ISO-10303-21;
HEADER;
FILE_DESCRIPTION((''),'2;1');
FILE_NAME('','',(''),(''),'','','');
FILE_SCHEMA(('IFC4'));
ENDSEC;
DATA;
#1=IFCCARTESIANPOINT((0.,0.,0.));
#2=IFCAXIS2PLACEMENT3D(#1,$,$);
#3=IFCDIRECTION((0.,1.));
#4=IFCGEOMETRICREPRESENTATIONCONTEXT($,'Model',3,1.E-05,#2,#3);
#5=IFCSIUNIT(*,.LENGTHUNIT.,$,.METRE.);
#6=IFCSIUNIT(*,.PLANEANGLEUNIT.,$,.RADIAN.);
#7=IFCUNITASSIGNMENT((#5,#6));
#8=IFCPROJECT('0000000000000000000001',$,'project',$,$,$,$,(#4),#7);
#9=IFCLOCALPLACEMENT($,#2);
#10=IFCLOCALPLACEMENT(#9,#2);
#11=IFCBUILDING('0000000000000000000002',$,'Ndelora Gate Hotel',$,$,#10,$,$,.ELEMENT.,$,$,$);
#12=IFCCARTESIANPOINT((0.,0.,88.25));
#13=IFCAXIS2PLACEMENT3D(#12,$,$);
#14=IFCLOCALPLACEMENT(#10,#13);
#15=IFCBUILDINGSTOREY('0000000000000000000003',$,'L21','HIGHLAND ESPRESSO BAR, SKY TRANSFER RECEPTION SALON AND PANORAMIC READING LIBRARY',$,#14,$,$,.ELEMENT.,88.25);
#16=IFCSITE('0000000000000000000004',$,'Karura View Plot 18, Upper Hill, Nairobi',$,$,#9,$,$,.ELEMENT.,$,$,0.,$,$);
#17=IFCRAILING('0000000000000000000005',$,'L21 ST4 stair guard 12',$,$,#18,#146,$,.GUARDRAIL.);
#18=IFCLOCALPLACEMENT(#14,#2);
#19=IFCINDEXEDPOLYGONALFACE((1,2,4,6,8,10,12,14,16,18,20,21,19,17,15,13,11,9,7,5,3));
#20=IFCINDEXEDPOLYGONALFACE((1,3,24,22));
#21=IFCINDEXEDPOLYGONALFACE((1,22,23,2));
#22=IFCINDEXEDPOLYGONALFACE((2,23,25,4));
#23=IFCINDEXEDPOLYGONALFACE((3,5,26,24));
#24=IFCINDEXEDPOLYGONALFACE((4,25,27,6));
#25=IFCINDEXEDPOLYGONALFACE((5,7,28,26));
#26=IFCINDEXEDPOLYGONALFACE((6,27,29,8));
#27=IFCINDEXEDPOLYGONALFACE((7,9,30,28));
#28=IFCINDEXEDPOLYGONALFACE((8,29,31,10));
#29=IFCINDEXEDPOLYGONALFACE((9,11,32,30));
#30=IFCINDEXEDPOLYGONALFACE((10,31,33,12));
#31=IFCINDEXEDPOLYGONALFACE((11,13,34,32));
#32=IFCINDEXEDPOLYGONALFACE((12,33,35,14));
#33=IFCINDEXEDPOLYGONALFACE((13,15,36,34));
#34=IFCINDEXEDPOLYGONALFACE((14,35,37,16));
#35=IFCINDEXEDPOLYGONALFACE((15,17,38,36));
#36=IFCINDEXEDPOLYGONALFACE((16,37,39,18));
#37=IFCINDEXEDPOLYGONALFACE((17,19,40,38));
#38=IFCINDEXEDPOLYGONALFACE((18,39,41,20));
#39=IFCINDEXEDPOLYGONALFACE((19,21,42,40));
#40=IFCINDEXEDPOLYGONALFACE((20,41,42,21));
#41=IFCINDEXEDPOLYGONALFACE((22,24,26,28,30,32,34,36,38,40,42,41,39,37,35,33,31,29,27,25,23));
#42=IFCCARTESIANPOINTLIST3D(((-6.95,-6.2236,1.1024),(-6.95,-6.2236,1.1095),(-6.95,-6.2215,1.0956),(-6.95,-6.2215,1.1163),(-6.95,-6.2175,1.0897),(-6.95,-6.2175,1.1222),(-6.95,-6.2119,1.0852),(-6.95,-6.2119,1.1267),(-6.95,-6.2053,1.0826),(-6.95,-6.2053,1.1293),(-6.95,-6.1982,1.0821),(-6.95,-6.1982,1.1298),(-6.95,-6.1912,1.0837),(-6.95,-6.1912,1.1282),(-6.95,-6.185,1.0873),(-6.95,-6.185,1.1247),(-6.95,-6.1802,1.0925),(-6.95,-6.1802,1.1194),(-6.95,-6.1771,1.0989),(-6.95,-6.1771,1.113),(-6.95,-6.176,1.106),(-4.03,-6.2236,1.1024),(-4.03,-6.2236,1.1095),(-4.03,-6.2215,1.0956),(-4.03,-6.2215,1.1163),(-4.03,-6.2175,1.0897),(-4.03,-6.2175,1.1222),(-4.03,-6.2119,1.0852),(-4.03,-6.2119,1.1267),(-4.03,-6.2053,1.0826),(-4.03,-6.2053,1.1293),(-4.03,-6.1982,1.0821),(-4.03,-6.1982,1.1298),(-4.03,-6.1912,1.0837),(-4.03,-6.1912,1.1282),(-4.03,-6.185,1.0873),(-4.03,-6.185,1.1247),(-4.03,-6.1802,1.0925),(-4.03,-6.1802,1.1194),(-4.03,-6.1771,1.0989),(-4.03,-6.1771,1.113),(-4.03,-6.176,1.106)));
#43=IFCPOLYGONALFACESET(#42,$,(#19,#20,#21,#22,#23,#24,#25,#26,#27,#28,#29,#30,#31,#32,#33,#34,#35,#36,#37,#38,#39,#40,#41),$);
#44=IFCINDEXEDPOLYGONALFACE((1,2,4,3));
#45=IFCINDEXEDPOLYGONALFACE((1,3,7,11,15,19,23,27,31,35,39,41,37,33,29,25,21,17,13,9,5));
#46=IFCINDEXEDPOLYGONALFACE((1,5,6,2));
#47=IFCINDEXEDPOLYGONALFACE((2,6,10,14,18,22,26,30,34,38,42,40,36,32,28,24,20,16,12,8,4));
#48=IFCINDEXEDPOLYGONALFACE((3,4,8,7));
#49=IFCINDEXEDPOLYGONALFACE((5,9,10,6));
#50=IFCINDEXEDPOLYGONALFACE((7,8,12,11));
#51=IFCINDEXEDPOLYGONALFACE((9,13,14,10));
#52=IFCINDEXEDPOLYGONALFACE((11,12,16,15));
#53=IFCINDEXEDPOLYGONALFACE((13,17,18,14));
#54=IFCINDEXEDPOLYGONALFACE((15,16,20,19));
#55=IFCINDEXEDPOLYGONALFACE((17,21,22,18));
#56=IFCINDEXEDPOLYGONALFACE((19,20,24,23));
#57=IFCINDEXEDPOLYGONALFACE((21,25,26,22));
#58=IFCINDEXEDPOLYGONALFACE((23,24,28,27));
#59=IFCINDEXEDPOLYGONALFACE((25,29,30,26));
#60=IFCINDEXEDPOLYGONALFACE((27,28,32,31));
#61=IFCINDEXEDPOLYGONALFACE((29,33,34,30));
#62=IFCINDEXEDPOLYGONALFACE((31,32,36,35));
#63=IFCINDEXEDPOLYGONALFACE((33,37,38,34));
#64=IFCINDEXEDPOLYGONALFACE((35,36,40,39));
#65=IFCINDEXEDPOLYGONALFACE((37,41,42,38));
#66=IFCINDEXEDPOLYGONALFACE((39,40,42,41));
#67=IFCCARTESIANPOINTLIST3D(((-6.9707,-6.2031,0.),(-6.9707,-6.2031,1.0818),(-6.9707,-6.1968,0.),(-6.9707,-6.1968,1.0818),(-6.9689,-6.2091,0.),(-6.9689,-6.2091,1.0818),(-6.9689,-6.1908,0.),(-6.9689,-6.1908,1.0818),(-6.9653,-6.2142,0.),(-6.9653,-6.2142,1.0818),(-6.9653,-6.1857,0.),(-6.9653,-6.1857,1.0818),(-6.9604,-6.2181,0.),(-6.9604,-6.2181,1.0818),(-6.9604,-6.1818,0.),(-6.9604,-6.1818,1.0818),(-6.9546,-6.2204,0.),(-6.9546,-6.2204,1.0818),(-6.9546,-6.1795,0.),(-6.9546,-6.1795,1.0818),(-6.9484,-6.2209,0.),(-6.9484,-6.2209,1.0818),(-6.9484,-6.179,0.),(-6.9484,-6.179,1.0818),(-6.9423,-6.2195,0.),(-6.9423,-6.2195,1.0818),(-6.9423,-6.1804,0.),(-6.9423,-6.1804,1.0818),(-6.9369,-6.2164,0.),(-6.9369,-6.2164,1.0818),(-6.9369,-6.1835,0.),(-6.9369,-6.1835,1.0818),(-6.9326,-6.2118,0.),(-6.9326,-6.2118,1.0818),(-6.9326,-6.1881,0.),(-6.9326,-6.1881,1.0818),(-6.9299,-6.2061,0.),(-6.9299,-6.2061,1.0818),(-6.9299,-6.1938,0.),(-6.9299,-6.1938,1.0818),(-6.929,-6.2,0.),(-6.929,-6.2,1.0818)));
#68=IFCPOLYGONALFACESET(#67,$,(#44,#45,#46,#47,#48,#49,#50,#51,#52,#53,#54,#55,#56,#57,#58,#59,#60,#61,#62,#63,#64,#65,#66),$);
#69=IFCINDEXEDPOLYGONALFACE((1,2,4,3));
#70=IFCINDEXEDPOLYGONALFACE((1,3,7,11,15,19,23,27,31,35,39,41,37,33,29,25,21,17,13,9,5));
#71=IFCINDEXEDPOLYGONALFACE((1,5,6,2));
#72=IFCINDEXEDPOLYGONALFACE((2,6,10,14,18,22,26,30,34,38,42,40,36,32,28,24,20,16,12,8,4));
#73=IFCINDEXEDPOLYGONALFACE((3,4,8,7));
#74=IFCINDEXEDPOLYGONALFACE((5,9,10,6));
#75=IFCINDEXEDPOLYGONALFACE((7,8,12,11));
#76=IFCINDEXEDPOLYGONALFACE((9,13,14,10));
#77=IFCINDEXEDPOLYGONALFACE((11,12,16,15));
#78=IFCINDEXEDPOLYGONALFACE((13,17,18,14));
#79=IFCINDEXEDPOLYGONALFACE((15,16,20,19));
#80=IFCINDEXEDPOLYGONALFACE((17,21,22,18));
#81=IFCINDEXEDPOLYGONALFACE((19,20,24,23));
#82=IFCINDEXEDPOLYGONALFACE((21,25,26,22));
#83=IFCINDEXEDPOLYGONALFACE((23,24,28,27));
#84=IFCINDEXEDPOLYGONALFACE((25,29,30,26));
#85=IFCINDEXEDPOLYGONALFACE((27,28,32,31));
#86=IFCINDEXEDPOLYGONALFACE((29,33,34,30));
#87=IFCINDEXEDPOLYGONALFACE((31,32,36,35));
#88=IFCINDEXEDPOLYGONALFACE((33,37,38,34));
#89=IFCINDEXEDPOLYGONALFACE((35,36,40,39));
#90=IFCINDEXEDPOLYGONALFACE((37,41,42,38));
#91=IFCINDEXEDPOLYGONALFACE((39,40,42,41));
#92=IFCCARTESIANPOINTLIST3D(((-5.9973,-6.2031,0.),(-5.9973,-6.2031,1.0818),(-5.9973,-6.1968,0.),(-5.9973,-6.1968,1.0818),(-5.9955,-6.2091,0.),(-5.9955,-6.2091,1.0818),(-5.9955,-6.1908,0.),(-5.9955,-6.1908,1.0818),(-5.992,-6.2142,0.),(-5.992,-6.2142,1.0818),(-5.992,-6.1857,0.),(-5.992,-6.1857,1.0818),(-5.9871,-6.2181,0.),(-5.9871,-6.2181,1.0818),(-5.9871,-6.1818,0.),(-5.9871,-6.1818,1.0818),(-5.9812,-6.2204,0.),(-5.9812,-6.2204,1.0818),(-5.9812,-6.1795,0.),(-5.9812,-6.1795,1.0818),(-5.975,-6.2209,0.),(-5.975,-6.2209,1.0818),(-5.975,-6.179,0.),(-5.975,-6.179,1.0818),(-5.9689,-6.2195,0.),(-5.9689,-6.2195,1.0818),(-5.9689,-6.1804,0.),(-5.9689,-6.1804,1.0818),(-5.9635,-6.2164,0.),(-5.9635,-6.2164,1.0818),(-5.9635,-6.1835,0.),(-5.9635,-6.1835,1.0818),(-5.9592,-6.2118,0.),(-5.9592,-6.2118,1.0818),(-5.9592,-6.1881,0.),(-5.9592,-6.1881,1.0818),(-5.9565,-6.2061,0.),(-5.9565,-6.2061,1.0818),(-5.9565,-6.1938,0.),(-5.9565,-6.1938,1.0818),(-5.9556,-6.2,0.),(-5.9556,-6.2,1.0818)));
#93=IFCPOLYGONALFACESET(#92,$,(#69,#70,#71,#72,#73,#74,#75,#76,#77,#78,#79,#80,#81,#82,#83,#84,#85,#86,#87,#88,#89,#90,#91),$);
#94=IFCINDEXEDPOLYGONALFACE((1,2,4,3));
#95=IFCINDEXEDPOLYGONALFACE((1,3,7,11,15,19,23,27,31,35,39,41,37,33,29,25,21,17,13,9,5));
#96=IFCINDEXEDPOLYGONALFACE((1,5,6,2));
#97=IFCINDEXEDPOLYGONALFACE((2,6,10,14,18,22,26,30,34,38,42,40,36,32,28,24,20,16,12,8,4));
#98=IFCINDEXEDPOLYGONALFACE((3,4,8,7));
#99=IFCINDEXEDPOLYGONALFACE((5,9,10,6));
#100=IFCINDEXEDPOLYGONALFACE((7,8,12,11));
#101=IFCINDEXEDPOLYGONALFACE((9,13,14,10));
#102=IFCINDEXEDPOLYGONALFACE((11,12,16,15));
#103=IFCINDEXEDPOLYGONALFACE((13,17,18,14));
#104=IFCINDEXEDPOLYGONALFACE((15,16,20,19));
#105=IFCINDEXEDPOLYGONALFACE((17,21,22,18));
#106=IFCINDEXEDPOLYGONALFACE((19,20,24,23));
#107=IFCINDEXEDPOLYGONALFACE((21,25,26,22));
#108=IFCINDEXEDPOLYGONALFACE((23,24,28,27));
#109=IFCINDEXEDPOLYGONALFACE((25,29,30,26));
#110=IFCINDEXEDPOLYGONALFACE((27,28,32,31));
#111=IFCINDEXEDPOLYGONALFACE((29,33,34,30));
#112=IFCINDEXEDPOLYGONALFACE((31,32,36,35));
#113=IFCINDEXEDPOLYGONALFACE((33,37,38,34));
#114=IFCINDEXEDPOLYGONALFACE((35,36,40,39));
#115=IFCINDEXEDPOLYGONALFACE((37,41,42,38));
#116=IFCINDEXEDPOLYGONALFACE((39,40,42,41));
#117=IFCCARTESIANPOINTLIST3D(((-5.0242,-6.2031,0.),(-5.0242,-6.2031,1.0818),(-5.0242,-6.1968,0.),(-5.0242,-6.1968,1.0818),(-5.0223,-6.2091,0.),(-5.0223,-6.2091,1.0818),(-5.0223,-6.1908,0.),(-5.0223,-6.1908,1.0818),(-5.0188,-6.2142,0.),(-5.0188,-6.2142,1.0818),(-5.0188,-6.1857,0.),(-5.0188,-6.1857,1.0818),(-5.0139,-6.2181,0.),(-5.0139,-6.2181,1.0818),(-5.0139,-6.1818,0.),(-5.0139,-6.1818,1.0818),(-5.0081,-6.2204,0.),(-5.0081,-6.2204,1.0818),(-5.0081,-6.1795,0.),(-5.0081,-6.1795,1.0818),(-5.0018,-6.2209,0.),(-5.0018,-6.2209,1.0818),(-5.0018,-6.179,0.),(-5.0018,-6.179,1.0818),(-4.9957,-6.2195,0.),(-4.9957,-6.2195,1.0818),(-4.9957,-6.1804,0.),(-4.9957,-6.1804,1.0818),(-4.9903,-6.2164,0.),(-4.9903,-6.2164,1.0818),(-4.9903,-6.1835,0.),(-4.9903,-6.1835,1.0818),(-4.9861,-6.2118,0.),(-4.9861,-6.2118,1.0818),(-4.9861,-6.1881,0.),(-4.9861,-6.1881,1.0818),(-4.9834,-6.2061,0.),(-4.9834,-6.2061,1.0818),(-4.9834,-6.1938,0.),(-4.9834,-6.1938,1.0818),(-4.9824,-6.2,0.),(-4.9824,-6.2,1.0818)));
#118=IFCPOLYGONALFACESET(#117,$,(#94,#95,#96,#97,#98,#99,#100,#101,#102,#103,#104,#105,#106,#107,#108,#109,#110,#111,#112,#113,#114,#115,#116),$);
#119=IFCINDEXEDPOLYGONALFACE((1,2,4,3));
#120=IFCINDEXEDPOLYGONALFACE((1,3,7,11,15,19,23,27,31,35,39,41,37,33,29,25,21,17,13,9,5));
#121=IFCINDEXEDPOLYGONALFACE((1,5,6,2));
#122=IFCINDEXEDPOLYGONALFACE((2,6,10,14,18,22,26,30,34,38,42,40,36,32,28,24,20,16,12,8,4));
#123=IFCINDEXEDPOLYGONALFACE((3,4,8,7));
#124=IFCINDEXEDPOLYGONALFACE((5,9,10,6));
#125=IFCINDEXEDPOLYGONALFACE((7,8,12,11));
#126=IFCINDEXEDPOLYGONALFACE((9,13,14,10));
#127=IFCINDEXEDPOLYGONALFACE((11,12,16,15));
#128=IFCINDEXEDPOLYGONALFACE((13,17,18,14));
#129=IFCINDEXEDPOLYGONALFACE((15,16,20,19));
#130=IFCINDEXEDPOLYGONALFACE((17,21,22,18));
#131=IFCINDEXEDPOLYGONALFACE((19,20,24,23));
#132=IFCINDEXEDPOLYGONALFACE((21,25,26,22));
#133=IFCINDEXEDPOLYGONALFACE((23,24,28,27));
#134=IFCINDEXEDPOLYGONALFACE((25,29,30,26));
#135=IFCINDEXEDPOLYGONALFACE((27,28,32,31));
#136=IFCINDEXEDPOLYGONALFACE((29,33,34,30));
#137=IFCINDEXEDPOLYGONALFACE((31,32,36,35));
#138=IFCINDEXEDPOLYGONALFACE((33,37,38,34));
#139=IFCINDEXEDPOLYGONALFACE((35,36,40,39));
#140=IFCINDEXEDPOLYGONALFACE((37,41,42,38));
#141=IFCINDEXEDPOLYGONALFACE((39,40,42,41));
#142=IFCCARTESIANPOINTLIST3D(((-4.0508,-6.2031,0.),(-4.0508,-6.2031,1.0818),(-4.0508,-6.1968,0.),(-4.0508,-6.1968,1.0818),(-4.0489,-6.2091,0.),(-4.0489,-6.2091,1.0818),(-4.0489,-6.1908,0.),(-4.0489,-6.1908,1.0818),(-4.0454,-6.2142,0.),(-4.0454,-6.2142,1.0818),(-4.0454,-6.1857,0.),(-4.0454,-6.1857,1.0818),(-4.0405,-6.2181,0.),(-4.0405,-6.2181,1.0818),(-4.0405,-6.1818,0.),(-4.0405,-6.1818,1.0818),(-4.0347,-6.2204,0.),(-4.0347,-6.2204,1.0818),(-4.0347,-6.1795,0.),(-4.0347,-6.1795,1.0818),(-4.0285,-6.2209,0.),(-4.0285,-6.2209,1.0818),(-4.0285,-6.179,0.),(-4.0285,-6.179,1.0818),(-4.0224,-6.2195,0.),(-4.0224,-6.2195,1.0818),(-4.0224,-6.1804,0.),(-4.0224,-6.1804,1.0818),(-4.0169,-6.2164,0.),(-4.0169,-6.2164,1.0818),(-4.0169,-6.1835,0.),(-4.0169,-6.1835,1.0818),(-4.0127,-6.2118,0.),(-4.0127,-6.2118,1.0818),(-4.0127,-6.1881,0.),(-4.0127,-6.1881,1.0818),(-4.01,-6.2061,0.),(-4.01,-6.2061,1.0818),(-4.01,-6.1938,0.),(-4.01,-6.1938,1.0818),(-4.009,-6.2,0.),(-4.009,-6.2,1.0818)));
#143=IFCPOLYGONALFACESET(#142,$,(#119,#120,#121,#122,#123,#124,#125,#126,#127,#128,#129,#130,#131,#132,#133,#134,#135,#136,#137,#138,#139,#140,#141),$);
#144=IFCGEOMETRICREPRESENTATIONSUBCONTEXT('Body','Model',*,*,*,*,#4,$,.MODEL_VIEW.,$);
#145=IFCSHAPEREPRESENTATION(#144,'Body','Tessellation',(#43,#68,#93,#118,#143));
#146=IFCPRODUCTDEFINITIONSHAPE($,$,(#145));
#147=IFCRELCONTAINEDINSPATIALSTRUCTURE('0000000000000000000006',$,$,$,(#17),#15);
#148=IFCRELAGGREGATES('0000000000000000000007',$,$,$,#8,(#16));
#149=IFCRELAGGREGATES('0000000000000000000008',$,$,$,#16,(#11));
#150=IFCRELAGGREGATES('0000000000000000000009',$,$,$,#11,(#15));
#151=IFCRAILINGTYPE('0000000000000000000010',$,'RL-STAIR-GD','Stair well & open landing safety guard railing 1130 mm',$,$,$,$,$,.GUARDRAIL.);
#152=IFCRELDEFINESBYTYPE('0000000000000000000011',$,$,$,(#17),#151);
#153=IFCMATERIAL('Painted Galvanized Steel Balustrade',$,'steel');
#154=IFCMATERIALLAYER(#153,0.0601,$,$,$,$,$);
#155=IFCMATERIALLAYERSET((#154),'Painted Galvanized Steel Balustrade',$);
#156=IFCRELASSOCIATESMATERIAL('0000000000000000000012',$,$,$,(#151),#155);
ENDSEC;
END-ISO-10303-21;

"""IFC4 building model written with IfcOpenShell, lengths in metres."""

from ifc_helpers import new_model, si_unit, direction, frame, origin, origin_2d, place, context, subcontext, project, spatial, circle, extrude, material, layer, layer_set, type_object, element, save


model = new_model("IFC4")

# Units and contexts
model_context = context("Model", 3, precision=1e-05, world=origin(), true_north=direction((0.0, 1.0)))
body_context = subcontext(model_context, "Body", "Model", "MODEL_VIEW")
ifc_project = project(units=[si_unit("LENGTHUNIT", "METRE"), si_unit("PLANEANGLEUNIT", "RADIAN")], contexts=[model_context])

# Site, building, storey
site_placement = place(None, origin())
site = spatial("IfcSite", under=ifc_project, at=site_placement, Name="Karura View Plot 18, Upper Hill, Nairobi", CompositionType="ELEMENT", RefElevation=0.0)
building_placement = place(site_placement, origin())
building = spatial("IfcBuilding", under=site, at=building_placement, Name="Ndelora Gate Hotel", CompositionType="ELEMENT")
storey_placement = place(building_placement, frame((0.0, 0.0, 88.25)))
storey = spatial("IfcBuildingStorey", under=building, at=storey_placement, Name="L21", Description="HIGHLAND ESPRESSO BAR, SKY TRANSFER RECEPTION SALON AND PANORAMIC READING LIBRARY", CompositionType="ELEMENT", Elevation=88.25)

# Railing
ifc_material_1 = material(Name="Painted Galvanized Steel Balustrade", Category="steel")
ifc_layer_1 = layer(ifc_material_1, 0.0601)
ifc_layer_set_1 = layer_set([ifc_layer_1], Name="Painted Galvanized Steel Balustrade")
railing_type_1 = type_object("IfcRailingType", Name="RL-STAIR-GD", Description="Stair well & open landing safety guard railing 1130 mm", PredefinedType="GUARDRAIL", material=ifc_layer_set_1)
railing_1_placement = place(storey_placement, frame((-6.95, -6.2, 0.0)))
element("IfcRailing", 1, at=railing_1_placement, inside=storey, type_object=railing_type_1, Name="L21 ST4 stair guard 12", PredefinedType="GUARDRAIL", context=body_context, shape_type="SweptSolid", body=[
    extrude(circle(Radius=0.0239, at=origin_2d()), frame((0.0, 0.0, 1.106), z_axis=(1.0, 0.0, 0.0), x_axis=(0.0, 1.0, 0.0)), (0.0, 0.0, 1.0), 2.9199),
    extrude(circle(Radius=0.021, at=origin_2d()), origin(), (0.0, 0.0, 1.0), 1.0818),
    extrude(circle(Radius=0.021, at=origin_2d()), frame((0.9734, 0.0, 0.0)), (0.0, 0.0, 1.0), 1.0818),
    extrude(circle(Radius=0.021, at=origin_2d()), frame((1.9465, 0.0, 0.0)), (0.0, 0.0, 1.0), 1.0818),
    extrude(circle(Radius=0.021, at=origin_2d()), frame((2.9199, 0.0, 0.0)), (0.0, 0.0, 1.0), 1.0818),
])

save(model, "model.ifc")
